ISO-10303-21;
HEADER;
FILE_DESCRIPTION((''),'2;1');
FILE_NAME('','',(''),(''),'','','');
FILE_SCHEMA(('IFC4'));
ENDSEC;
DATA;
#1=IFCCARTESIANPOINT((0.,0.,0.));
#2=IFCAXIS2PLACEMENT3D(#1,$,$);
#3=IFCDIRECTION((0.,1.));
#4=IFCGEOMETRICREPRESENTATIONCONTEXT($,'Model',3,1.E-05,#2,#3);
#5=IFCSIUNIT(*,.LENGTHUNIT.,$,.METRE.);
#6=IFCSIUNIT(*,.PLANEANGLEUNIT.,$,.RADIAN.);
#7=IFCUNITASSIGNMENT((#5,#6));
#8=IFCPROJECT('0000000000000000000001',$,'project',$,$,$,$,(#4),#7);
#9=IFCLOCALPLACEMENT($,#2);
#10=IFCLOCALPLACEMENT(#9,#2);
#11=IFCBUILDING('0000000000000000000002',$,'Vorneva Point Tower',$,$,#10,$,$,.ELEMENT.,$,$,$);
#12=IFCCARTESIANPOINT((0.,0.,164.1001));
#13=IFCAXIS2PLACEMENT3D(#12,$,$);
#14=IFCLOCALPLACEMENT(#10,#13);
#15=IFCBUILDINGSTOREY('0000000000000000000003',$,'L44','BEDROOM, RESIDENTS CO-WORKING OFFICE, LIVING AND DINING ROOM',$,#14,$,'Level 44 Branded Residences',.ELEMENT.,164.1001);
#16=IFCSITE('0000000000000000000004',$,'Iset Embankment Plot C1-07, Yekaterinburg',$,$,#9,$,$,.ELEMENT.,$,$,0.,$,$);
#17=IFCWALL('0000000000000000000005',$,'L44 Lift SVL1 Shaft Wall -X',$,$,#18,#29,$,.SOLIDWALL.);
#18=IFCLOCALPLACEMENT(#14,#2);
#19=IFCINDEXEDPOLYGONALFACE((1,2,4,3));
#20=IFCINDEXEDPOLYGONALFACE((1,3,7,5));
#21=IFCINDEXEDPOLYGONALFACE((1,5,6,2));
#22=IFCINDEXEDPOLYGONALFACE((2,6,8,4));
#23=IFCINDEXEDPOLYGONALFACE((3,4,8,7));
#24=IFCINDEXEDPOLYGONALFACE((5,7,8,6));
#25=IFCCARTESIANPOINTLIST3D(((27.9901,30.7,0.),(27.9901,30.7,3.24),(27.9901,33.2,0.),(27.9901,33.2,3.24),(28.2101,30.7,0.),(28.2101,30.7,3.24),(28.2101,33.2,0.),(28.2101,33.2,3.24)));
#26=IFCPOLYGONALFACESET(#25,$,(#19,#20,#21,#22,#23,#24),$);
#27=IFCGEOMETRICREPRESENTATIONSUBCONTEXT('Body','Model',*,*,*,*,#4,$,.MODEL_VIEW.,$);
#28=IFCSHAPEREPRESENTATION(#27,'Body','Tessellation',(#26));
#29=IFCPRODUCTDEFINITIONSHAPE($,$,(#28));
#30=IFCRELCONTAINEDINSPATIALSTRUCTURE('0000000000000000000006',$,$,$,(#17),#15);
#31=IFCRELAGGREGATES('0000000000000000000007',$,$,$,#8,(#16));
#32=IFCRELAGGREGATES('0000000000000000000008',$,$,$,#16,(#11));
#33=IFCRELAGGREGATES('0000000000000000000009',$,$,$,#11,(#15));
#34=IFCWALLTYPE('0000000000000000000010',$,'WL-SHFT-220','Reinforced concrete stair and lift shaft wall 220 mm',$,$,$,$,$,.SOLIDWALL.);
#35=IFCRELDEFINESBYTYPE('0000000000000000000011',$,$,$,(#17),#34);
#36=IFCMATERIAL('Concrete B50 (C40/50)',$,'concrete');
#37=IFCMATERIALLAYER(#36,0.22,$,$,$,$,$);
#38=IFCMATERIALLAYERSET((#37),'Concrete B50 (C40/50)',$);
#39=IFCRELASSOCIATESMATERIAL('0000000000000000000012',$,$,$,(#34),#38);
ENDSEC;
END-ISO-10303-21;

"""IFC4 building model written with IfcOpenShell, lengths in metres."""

from ifc_helpers import new_model, si_unit, direction, frame, frame_2d, origin, place, context, subcontext, project, spatial, rectangle, extrude, material, layer, layer_set, type_object, element, save


model = new_model("IFC4")

# Units and contexts
model_context = context("Model", 3, precision=1e-05, world=origin(), true_north=direction((0.0, 1.0)))
body_context = subcontext(model_context, "Body", "Model", "MODEL_VIEW")
ifc_project = project(units=[si_unit("LENGTHUNIT", "METRE"), si_unit("PLANEANGLEUNIT", "RADIAN")], contexts=[model_context])

# Site, building, storey
site_placement = place(None, origin())
site = spatial("IfcSite", under=ifc_project, at=site_placement, Name="Iset Embankment Plot C1-07, Yekaterinburg", CompositionType="ELEMENT", RefElevation=0.0)
building_placement = place(site_placement, origin())
building = spatial("IfcBuilding", under=site, at=building_placement, Name="Vorneva Point Tower", CompositionType="ELEMENT")
storey_placement = place(building_placement, frame((0.0, 0.0, 164.1001)))
storey = spatial("IfcBuildingStorey", under=building, at=storey_placement, Name="L44", Description="BEDROOM, RESIDENTS CO-WORKING OFFICE, LIVING AND DINING ROOM", LongName="Level 44 Branded Residences", CompositionType="ELEMENT", Elevation=164.1001)

# Shared definitions
ifc_material_1 = material(Name="Concrete B50 (C40/50)", Category="concrete")
ifc_layer_1 = layer(ifc_material_1, 0.22)
ifc_layer_set_1 = layer_set([ifc_layer_1], Name="Concrete B50 (C40/50)")
wall_type_1 = type_object("IfcWallType", Name="WL-SHFT-220", Description="Reinforced concrete stair and lift shaft wall 220 mm", PredefinedType="SOLIDWALL", material=ifc_layer_set_1)

# Wall
wall_1_placement = place(storey_placement, frame((28.1001, 33.2, 0.0), z_axis=(0.0, 0.0, 1.0), x_axis=(0.0, -1.0, 0.0)))
element("IfcWall", 1, at=wall_1_placement, inside=storey, type_object=wall_type_1, Name="L44 Lift SVL1 Shaft Wall -X", PredefinedType="SOLIDWALL", context=body_context, shape_type="SweptSolid", body=[
    extrude(rectangle(XDim=2.5, YDim=0.22, at=frame_2d((1.25, 0.0))), origin(), (0.0, 0.0, 1.0), 3.24),
])

save(model, "model.ifc")
